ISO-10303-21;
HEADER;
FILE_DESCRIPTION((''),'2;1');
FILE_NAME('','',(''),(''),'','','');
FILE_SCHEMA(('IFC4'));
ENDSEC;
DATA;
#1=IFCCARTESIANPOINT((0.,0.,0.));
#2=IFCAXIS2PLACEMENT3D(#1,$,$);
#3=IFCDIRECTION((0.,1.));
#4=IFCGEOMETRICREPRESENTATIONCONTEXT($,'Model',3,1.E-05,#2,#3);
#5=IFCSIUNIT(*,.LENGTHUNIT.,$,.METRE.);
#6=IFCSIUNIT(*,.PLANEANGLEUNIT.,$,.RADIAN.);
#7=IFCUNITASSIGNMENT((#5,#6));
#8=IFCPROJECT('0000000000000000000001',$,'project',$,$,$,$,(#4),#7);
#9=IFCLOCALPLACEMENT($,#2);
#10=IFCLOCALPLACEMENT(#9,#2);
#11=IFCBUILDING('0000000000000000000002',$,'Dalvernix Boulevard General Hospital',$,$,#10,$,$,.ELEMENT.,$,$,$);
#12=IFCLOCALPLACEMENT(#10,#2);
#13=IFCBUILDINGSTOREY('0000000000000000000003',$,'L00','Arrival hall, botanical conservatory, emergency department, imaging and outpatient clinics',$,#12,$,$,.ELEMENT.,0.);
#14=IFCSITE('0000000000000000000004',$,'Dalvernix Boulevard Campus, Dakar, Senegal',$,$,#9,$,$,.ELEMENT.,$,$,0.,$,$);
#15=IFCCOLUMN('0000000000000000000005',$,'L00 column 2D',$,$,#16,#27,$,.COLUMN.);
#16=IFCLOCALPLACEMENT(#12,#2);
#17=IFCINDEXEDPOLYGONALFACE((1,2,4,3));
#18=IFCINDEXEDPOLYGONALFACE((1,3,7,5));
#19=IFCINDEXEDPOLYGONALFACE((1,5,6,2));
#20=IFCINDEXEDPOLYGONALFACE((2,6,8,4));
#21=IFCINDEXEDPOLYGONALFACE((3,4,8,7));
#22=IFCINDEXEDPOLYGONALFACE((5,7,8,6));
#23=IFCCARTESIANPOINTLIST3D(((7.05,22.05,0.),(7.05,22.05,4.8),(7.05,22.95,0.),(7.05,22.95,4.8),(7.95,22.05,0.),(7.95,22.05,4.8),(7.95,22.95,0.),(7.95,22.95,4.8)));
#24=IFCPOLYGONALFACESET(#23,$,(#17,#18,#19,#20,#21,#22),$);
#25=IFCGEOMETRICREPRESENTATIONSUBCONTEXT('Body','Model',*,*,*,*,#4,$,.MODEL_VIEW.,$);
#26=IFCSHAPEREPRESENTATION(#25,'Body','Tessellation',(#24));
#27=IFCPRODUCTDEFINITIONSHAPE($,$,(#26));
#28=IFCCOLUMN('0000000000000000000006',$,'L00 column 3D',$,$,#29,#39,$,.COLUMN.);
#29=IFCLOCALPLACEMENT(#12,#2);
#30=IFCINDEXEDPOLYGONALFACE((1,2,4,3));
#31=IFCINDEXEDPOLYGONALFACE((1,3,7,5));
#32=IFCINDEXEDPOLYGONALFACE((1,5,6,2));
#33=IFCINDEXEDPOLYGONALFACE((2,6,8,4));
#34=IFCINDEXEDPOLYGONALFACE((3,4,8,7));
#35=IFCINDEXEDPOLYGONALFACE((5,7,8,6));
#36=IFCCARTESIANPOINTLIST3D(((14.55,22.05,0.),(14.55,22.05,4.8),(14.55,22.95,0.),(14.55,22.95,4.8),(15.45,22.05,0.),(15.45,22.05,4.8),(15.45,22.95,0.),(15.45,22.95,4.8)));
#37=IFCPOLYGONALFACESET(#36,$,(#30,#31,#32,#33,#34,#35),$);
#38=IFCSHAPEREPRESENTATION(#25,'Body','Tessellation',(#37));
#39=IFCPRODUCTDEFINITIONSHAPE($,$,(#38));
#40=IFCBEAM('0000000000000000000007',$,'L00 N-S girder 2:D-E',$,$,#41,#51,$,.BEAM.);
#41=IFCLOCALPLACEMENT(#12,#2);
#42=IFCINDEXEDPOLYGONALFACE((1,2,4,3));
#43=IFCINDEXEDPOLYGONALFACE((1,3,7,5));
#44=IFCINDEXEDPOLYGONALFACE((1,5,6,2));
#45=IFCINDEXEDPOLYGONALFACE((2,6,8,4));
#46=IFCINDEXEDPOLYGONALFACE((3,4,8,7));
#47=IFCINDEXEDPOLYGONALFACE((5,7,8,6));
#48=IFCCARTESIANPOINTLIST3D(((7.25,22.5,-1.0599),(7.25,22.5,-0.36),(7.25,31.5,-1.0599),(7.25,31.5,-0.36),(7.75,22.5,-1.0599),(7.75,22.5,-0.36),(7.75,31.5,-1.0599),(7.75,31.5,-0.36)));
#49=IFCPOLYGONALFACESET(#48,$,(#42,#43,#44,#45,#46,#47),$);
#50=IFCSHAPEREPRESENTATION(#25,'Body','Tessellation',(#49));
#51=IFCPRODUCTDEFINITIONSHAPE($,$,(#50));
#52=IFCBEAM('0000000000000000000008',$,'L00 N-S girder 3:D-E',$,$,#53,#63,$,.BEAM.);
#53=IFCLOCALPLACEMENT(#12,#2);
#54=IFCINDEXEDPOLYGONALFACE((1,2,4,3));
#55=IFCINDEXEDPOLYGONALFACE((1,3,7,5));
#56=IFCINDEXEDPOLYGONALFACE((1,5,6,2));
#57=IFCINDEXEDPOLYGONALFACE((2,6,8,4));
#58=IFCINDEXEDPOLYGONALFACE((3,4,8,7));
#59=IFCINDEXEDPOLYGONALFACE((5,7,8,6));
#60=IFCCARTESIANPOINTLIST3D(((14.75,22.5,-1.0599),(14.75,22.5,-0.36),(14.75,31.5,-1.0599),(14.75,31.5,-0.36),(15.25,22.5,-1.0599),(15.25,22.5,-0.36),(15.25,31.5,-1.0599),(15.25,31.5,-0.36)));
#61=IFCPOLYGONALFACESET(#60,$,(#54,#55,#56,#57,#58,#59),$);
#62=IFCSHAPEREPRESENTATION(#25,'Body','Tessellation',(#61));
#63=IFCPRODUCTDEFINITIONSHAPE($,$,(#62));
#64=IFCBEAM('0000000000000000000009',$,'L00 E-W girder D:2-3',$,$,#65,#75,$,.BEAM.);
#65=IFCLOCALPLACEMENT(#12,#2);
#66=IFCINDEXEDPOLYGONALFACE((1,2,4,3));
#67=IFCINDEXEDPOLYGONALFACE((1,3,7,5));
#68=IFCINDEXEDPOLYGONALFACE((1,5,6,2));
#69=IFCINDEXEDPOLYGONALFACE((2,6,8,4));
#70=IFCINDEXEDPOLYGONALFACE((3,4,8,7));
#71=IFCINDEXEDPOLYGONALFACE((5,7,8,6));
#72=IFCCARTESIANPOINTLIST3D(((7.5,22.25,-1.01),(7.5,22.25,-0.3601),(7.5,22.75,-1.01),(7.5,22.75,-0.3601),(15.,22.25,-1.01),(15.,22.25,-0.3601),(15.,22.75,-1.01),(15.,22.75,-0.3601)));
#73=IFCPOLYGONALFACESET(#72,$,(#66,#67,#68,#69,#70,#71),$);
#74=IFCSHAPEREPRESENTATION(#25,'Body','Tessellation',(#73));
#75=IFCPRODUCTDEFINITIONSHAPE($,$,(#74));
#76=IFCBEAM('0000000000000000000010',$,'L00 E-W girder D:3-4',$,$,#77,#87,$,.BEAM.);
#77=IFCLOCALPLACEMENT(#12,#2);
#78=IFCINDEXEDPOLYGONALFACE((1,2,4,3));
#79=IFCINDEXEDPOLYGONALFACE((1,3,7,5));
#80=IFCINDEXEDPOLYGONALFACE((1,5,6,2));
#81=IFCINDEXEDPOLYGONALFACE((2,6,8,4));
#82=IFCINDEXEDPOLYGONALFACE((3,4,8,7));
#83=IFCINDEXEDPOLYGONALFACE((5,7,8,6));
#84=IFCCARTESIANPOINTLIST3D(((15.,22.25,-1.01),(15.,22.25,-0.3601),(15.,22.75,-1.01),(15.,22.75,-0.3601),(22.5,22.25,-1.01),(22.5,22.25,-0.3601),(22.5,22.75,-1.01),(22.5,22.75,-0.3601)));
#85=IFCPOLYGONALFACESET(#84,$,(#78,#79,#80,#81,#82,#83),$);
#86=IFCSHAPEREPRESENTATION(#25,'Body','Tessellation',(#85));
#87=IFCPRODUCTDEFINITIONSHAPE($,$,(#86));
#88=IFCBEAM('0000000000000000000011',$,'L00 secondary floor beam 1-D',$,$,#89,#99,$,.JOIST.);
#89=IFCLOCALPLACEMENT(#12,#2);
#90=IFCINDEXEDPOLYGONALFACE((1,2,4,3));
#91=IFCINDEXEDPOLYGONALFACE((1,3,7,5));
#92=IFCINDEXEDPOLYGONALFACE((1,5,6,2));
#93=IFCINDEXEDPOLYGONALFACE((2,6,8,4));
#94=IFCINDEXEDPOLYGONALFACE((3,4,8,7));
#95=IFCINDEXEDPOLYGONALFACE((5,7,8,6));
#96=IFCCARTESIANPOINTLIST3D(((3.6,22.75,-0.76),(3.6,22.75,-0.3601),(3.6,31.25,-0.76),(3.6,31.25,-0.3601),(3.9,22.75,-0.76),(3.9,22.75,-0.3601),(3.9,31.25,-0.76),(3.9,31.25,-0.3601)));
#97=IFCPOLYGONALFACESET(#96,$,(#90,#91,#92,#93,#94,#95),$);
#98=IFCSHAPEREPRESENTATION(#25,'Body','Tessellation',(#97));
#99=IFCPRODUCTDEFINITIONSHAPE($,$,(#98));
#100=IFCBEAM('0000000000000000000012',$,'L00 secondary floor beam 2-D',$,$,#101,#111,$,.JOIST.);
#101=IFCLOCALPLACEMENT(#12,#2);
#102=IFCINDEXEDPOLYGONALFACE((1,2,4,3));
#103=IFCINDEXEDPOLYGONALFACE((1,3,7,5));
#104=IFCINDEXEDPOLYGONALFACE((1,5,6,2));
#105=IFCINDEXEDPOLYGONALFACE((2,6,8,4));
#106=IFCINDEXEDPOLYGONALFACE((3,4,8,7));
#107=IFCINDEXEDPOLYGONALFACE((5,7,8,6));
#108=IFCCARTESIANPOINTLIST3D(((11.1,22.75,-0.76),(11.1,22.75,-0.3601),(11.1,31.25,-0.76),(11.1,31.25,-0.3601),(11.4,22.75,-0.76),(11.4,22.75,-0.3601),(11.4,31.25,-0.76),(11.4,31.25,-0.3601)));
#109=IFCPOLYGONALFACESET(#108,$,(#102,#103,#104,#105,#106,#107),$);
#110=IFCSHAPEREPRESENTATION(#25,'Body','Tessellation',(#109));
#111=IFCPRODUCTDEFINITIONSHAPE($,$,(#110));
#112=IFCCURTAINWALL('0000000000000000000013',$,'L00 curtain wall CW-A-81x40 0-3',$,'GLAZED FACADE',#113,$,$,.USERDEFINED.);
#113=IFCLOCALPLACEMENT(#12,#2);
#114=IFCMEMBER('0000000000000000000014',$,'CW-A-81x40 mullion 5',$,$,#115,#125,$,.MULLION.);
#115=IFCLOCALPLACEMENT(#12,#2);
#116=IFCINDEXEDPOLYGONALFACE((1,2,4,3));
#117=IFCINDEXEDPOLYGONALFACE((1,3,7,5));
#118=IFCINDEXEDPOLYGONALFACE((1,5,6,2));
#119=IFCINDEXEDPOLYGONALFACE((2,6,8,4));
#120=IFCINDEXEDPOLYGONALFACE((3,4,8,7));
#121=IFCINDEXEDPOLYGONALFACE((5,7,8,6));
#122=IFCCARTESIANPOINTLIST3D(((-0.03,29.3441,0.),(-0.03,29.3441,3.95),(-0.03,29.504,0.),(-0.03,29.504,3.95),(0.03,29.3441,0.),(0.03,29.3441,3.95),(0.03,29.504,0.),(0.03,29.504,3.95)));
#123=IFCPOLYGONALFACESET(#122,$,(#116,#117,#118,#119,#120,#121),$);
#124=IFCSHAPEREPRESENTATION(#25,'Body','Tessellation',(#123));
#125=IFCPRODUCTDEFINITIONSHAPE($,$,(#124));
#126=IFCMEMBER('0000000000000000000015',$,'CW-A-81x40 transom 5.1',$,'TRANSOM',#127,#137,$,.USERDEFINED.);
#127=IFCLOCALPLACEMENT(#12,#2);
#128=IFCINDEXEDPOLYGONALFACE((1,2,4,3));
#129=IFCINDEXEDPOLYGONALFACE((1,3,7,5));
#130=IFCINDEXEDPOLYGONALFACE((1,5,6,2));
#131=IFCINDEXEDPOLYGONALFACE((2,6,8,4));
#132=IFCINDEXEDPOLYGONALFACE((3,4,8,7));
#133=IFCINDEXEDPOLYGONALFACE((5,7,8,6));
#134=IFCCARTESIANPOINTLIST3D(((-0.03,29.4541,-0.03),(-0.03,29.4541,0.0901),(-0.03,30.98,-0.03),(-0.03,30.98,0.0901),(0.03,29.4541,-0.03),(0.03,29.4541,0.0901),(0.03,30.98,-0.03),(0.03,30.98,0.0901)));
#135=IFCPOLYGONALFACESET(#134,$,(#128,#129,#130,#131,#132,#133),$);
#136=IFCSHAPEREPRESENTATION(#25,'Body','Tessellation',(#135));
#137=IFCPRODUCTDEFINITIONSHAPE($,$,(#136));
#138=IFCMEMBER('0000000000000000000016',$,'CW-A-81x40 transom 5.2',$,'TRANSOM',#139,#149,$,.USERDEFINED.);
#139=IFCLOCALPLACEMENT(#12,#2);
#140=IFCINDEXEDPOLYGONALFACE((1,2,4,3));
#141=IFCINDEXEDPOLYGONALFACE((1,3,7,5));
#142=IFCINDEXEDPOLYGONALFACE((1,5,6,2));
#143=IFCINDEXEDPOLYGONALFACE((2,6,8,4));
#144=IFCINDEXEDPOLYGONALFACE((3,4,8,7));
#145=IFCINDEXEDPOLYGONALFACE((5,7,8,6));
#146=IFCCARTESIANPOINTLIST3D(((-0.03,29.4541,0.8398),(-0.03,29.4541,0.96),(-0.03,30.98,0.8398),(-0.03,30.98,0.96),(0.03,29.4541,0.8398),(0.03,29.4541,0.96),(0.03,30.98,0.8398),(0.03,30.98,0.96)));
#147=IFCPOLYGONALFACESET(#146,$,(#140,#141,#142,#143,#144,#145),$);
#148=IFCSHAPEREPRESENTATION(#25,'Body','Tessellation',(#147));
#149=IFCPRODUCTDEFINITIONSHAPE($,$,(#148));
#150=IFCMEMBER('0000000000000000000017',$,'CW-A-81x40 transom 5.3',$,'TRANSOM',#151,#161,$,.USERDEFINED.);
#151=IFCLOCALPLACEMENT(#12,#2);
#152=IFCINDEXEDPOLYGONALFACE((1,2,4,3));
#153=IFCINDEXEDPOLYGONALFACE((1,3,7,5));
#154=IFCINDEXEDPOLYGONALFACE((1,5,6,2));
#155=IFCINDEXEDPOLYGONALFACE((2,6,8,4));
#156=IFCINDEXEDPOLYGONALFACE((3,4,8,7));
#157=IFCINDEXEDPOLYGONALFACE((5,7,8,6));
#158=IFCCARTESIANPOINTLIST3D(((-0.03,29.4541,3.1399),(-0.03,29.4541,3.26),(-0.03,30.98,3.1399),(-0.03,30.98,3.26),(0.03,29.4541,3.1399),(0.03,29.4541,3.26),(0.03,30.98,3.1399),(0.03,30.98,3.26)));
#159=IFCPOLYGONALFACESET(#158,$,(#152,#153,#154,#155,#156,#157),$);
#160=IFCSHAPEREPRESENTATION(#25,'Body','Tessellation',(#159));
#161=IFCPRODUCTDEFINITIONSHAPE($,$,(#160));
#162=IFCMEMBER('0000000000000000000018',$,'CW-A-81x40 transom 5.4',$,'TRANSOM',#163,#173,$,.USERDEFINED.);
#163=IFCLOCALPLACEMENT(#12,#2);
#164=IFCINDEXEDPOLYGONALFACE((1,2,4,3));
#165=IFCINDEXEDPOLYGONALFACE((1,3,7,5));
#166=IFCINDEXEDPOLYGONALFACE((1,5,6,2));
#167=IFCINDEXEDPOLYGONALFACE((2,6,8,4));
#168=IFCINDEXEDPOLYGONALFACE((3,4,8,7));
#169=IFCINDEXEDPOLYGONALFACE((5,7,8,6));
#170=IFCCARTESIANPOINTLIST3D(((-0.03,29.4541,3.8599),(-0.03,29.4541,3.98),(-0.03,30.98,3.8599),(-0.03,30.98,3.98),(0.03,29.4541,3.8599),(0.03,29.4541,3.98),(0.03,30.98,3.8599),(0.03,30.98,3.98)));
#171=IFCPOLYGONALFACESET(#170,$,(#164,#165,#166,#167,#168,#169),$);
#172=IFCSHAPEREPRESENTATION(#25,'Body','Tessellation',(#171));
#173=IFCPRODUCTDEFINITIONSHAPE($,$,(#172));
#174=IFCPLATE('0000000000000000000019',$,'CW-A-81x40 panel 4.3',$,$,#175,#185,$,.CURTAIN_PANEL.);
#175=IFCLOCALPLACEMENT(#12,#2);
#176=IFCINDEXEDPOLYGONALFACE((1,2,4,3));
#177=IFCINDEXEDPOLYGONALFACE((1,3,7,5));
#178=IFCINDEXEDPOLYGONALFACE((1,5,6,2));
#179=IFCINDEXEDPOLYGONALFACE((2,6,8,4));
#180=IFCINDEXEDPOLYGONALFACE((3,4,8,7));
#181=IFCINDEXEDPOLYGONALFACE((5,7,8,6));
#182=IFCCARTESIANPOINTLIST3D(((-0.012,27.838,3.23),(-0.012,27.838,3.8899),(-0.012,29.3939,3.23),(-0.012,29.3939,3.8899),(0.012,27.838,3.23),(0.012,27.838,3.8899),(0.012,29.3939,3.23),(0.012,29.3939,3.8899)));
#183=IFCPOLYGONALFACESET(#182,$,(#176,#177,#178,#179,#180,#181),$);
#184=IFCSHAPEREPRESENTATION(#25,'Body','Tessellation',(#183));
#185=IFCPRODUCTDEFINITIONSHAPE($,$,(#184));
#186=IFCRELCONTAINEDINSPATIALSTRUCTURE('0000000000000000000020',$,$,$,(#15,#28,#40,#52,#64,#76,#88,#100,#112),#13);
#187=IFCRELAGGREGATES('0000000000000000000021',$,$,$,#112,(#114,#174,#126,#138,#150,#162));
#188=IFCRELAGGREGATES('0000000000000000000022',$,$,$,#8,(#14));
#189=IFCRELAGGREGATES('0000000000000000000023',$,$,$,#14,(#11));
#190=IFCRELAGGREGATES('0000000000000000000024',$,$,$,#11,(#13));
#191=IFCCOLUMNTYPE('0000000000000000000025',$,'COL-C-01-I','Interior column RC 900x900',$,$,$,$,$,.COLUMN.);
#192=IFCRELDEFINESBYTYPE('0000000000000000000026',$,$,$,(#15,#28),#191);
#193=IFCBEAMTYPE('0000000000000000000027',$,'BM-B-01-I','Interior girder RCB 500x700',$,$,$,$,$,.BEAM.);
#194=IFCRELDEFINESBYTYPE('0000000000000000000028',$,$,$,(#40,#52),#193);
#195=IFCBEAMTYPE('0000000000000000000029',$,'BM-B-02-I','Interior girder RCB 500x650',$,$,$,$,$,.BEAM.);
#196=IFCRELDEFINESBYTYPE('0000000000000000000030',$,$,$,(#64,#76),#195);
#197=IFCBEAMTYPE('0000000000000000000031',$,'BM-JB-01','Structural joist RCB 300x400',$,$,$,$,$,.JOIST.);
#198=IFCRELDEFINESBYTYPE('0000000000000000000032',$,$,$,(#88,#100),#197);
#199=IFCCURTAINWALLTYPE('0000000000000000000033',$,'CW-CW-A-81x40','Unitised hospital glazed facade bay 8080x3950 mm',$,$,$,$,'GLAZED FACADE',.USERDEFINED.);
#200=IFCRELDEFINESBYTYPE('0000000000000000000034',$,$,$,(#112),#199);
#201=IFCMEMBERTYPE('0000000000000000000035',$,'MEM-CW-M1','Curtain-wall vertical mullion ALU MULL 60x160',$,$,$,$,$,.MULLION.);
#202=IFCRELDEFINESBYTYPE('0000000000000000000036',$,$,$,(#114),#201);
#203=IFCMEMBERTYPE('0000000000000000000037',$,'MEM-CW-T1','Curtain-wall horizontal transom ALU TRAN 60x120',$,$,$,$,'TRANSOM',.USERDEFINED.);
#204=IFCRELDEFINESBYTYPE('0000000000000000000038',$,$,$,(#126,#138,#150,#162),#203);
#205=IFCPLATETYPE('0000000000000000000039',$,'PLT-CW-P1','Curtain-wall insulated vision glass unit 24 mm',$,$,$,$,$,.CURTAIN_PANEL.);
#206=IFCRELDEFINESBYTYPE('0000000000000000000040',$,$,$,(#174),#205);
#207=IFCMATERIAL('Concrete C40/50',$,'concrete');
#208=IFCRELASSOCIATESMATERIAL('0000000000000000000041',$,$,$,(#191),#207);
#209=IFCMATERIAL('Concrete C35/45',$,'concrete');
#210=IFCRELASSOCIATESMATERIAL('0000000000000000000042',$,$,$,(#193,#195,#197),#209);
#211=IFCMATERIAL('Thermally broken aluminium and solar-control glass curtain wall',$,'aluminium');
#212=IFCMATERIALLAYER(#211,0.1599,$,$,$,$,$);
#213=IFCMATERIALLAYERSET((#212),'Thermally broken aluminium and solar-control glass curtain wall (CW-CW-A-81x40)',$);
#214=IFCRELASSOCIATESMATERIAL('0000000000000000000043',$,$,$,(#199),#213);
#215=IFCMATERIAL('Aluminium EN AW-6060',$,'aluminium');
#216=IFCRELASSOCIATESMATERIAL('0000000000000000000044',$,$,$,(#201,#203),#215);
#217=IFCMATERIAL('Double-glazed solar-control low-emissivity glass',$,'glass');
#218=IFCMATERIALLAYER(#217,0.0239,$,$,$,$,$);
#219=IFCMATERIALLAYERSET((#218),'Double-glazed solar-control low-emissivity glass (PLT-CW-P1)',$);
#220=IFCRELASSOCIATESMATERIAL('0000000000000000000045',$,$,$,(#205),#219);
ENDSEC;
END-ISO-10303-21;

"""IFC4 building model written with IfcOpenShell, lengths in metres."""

from ifc_helpers import new_model, si_unit, direction, frame, origin, origin_2d, place, context, subcontext, project, spatial, rectangle, extrude, material, layer, layer_set, material_profile, profile_set, type_object, element, aggregate, save


model = new_model("IFC4")

# Units and contexts
model_context = context("Model", 3, precision=1e-05, world=origin(), true_north=direction((0.0, 1.0)))
body_context = subcontext(model_context, "Body", "Model", "MODEL_VIEW")
ifc_project = project(units=[si_unit("LENGTHUNIT", "METRE"), si_unit("PLANEANGLEUNIT", "RADIAN")], contexts=[model_context])

# Site, building, storey
site_placement = place(None, origin())
site = spatial("IfcSite", under=ifc_project, at=site_placement, Name="Dalvernix Boulevard Campus, Dakar, Senegal", CompositionType="ELEMENT", RefElevation=0.0)
building_placement = place(site_placement, origin())
building = spatial("IfcBuilding", under=site, at=building_placement, Name="Dalvernix Boulevard General Hospital", CompositionType="ELEMENT")
storey_placement = place(building_placement, origin())
storey = spatial("IfcBuildingStorey", under=building, at=storey_placement, Name="L00", Description="Arrival hall, botanical conservatory, emergency department, imaging and outpatient clinics", CompositionType="ELEMENT", Elevation=0.0)

# Columns
ifc_material_1 = material(Name="Concrete C40/50", Category="concrete")
ifc_material_profile_1 = material_profile(ifc_material_1, rectangle(XDim=0.8999, YDim=0.8999, at=origin_2d()), Name="RC 900x900")
ifc_profile_set_1 = profile_set([ifc_material_profile_1], Name="Concrete C40/50")
column_type = type_object("IfcColumnType", Name="COL-C-01-I", Description="Interior column RC 900x900", PredefinedType="COLUMN", material=ifc_profile_set_1)
for number, where, z_axis, x_axis, name in (
    (1, (7.5, 22.5, 0.0), (0.0, 0.0, 1.0), (1.0, 0.0, 0.0), "L00 column 2D"),
    (2, (15.0, 22.5, 0.0), (0.0, 0.0, 1.0), (1.0, 0.0, 0.0), "L00 column 3D"),
):
    element("IfcColumn", number, at=place(storey_placement, frame(where, z_axis=z_axis, x_axis=x_axis)), inside=storey, type_object=column_type, Name=name, PredefinedType="COLUMN", context=body_context, shape_type="SweptSolid", body=[
        extrude(rectangle(XDim=0.8999, YDim=0.8999, at=origin_2d()), origin(), (0.0, 0.0, 1.0), 4.8),
    ])

# Beams
ifc_material_2 = material(Name="Concrete C35/45", Category="concrete")
ifc_material_profile_2 = material_profile(ifc_material_2, rectangle(XDim=0.5, YDim=0.7, at=origin_2d()), Name="RCB 500x700")
ifc_profile_set_2 = profile_set([ifc_material_profile_2], Name="Concrete C35/45")
beam_type_1 = type_object("IfcBeamType", Name="BM-B-01-I", Description="Interior girder RCB 500x700", PredefinedType="BEAM", material=ifc_profile_set_2)
for number, where, z_axis, x_axis, name in (
    (3, (7.5, 22.5, -0.71), (0.0, 1.0, 0.0), (-1.0, 0.0, 0.0), "L00 N-S girder 2:D-E"),
    (4, (15.0, 22.5, -0.71), (0.0, 1.0, 0.0), (-1.0, 0.0, 0.0), "L00 N-S girder 3:D-E"),
):
    element("IfcBeam", number, at=place(storey_placement, frame(where, z_axis=z_axis, x_axis=x_axis)), inside=storey, type_object=beam_type_1, Name=name, PredefinedType="BEAM", context=body_context, shape_type="SweptSolid", body=[
        extrude(rectangle(XDim=0.5, YDim=0.7, at=origin_2d()), origin(), (0.0, 0.0, 1.0), 9.0),
    ])
ifc_material_profile_3 = material_profile(ifc_material_2, rectangle(XDim=0.5, YDim=0.6499, at=origin_2d()), Name="RCB 500x650")
ifc_profile_set_3 = profile_set([ifc_material_profile_3], Name="Concrete C35/45")
beam_type_2 = type_object("IfcBeamType", Name="BM-B-02-I", Description="Interior girder RCB 500x650", PredefinedType="BEAM", material=ifc_profile_set_3)
for number, where, z_axis, x_axis, name in (
    (5, (7.5, 22.5, -0.6851), (1.0, 0.0, 0.0), (0.0, 1.0, 0.0), "L00 E-W girder D:2-3"),
    (6, (15.0, 22.5, -0.6851), (1.0, 0.0, 0.0), (0.0, 1.0, 0.0), "L00 E-W girder D:3-4"),
):
    element("IfcBeam", number, at=place(storey_placement, frame(where, z_axis=z_axis, x_axis=x_axis)), inside=storey, type_object=beam_type_2, Name=name, PredefinedType="BEAM", context=body_context, shape_type="SweptSolid", body=[
        extrude(rectangle(XDim=0.5, YDim=0.6499, at=origin_2d()), origin(), (0.0, 0.0, 1.0), 7.5),
    ])
ifc_material_profile_4 = material_profile(ifc_material_2, rectangle(XDim=0.3, YDim=0.3999, at=origin_2d()), Name="RCB 300x400")
ifc_profile_set_4 = profile_set([ifc_material_profile_4], Name="Concrete C35/45")
beam_type_3 = type_object("IfcBeamType", Name="BM-JB-01", Description="Structural joist RCB 300x400", PredefinedType="JOIST", material=ifc_profile_set_4)
for number, where, z_axis, x_axis, name in (
    (7, (3.75, 22.75, -0.5601), (0.0, 1.0, 0.0), (-1.0, 0.0, 0.0), "L00 secondary floor beam 1-D"),
    (8, (11.25, 22.75, -0.5601), (0.0, 1.0, 0.0), (-1.0, 0.0, 0.0), "L00 secondary floor beam 2-D"),
):
    element("IfcBeam", number, at=place(storey_placement, frame(where, z_axis=z_axis, x_axis=x_axis)), inside=storey, type_object=beam_type_3, Name=name, PredefinedType="JOIST", context=body_context, shape_type="SweptSolid", body=[
        extrude(rectangle(XDim=0.3, YDim=0.3999, at=origin_2d()), origin(), (0.0, 0.0, 1.0), 8.5),
    ])

# Curtain wall, members, plate
ifc_material_3 = material(Name="Thermally broken aluminium and solar-control glass curtain wall", Category="aluminium")
ifc_layer_1 = layer(ifc_material_3, 0.1599)
ifc_layer_set_1 = layer_set([ifc_layer_1], Name="Thermally broken aluminium and solar-control glass curtain wall (CW-CW-A-81x40)")
curtain_wall_type = type_object("IfcCurtainWallType", Name="CW-CW-A-81x40", Description="Unitised hospital glazed facade bay 8080x3950 mm", ElementType="GLAZED FACADE", PredefinedType="USERDEFINED", material=ifc_layer_set_1)
curtain_wall_placement = place(storey_placement, origin())
curtain_wall = element("IfcCurtainWall", 9, at=curtain_wall_placement, inside=storey, type_object=curtain_wall_type, Name="L00 curtain wall CW-A-81x40 0-3", ObjectType="GLAZED FACADE", PredefinedType="USERDEFINED")
ifc_material_4 = material(Name="Aluminium EN AW-6060", Category="aluminium")
ifc_material_profile_5 = material_profile(ifc_material_4, rectangle(XDim=0.0601, YDim=0.1599, at=origin_2d()), Name="ALU MULL 60x160")
ifc_profile_set_5 = profile_set([ifc_material_profile_5], Name="Aluminium EN AW-6060")
member_type_1 = type_object("IfcMemberType", Name="MEM-CW-M1", Description="Curtain-wall vertical mullion ALU MULL 60x160", PredefinedType="MULLION", material=ifc_profile_set_5)
member_1_placement = place(storey_placement, frame((0.0, 29.4241, 0.0), z_axis=(0.0, 0.0, 1.0), x_axis=(-1.0, 0.0, 0.0)))
member_1 = element("IfcMember", 10, at=member_1_placement, type_object=member_type_1, Name="CW-A-81x40 mullion 5", PredefinedType="MULLION", context=body_context, shape_type="SweptSolid", body=[
    extrude(rectangle(XDim=0.0601, YDim=0.1599, at=origin_2d()), origin(), (0.0, 0.0, 1.0), 3.95),
])
ifc_material_profile_6 = material_profile(ifc_material_4, rectangle(XDim=0.0601, YDim=0.1201, at=origin_2d()), Name="ALU TRAN 60x120")
ifc_profile_set_6 = profile_set([ifc_material_profile_6], Name="Aluminium EN AW-6060")
member_type_2 = type_object("IfcMemberType", Name="MEM-CW-T1", Description="Curtain-wall horizontal transom ALU TRAN 60x120", ElementType="TRANSOM", PredefinedType="USERDEFINED", material=ifc_profile_set_6)
member_2_placement = place(storey_placement, frame((0.0, 29.4541, 0.03), z_axis=(0.0, 1.0, 0.0), x_axis=(-1.0, 0.0, 0.0)))
member_2 = element("IfcMember", 11, at=member_2_placement, type_object=member_type_2, Name="CW-A-81x40 transom 5.1", ObjectType="TRANSOM", PredefinedType="USERDEFINED", context=body_context, shape_type="SweptSolid", body=[
    extrude(rectangle(XDim=0.0601, YDim=0.1201, at=origin_2d()), origin(), (0.0, 0.0, 1.0), 1.5259),
])
member_3_placement = place(storey_placement, frame((0.0, 29.4541, 0.8999), z_axis=(0.0, 1.0, 0.0), x_axis=(-1.0, 0.0, 0.0)))
member_3 = element("IfcMember", 12, at=member_3_placement, type_object=member_type_2, Name="CW-A-81x40 transom 5.2", ObjectType="TRANSOM", PredefinedType="USERDEFINED", context=body_context, shape_type="SweptSolid", body=[
    extrude(rectangle(XDim=0.0601, YDim=0.1201, at=origin_2d()), origin(), (0.0, 0.0, 1.0), 1.5259),
])
member_4_placement = place(storey_placement, frame((0.0, 29.4541, 3.2), z_axis=(0.0, 1.0, 0.0), x_axis=(-1.0, 0.0, 0.0)))
member_4 = element("IfcMember", 13, at=member_4_placement, type_object=member_type_2, Name="CW-A-81x40 transom 5.3", ObjectType="TRANSOM", PredefinedType="USERDEFINED", context=body_context, shape_type="SweptSolid", body=[
    extrude(rectangle(XDim=0.0601, YDim=0.1201, at=origin_2d()), origin(), (0.0, 0.0, 1.0), 1.5259),
])
member_5_placement = place(storey_placement, frame((0.0, 29.4541, 3.9199), z_axis=(0.0, 1.0, 0.0), x_axis=(-1.0, 0.0, 0.0)))
member_5 = element("IfcMember", 14, at=member_5_placement, type_object=member_type_2, Name="CW-A-81x40 transom 5.4", ObjectType="TRANSOM", PredefinedType="USERDEFINED", context=body_context, shape_type="SweptSolid", body=[
    extrude(rectangle(XDim=0.0601, YDim=0.1201, at=origin_2d()), origin(), (0.0, 0.0, 1.0), 1.5259),
])
ifc_material_5 = material(Name="Double-glazed solar-control low-emissivity glass", Category="glass")
ifc_layer_2 = layer(ifc_material_5, 0.0239)
ifc_layer_set_2 = layer_set([ifc_layer_2], Name="Double-glazed solar-control low-emissivity glass (PLT-CW-P1)")
plate_type = type_object("IfcPlateType", Name="PLT-CW-P1", Description="Curtain-wall insulated vision glass unit 24 mm", PredefinedType="CURTAIN_PANEL", material=ifc_layer_set_2)
plate_placement = place(storey_placement, frame((0.0, 28.616, 3.23), z_axis=(0.0, 0.0, 1.0), x_axis=(0.0, 1.0, 0.0)))
plate = element("IfcPlate", 15, at=plate_placement, type_object=plate_type, Name="CW-A-81x40 panel 4.3", PredefinedType="CURTAIN_PANEL", context=body_context, shape_type="SweptSolid", body=[
    extrude(rectangle(XDim=1.5559, YDim=0.0239, at=origin_2d()), origin(), (0.0, 0.0, 1.0), 0.6599),
])
aggregate(curtain_wall, [member_1, plate, member_2, member_3, member_4, member_5])

save(model, "model.ifc")
